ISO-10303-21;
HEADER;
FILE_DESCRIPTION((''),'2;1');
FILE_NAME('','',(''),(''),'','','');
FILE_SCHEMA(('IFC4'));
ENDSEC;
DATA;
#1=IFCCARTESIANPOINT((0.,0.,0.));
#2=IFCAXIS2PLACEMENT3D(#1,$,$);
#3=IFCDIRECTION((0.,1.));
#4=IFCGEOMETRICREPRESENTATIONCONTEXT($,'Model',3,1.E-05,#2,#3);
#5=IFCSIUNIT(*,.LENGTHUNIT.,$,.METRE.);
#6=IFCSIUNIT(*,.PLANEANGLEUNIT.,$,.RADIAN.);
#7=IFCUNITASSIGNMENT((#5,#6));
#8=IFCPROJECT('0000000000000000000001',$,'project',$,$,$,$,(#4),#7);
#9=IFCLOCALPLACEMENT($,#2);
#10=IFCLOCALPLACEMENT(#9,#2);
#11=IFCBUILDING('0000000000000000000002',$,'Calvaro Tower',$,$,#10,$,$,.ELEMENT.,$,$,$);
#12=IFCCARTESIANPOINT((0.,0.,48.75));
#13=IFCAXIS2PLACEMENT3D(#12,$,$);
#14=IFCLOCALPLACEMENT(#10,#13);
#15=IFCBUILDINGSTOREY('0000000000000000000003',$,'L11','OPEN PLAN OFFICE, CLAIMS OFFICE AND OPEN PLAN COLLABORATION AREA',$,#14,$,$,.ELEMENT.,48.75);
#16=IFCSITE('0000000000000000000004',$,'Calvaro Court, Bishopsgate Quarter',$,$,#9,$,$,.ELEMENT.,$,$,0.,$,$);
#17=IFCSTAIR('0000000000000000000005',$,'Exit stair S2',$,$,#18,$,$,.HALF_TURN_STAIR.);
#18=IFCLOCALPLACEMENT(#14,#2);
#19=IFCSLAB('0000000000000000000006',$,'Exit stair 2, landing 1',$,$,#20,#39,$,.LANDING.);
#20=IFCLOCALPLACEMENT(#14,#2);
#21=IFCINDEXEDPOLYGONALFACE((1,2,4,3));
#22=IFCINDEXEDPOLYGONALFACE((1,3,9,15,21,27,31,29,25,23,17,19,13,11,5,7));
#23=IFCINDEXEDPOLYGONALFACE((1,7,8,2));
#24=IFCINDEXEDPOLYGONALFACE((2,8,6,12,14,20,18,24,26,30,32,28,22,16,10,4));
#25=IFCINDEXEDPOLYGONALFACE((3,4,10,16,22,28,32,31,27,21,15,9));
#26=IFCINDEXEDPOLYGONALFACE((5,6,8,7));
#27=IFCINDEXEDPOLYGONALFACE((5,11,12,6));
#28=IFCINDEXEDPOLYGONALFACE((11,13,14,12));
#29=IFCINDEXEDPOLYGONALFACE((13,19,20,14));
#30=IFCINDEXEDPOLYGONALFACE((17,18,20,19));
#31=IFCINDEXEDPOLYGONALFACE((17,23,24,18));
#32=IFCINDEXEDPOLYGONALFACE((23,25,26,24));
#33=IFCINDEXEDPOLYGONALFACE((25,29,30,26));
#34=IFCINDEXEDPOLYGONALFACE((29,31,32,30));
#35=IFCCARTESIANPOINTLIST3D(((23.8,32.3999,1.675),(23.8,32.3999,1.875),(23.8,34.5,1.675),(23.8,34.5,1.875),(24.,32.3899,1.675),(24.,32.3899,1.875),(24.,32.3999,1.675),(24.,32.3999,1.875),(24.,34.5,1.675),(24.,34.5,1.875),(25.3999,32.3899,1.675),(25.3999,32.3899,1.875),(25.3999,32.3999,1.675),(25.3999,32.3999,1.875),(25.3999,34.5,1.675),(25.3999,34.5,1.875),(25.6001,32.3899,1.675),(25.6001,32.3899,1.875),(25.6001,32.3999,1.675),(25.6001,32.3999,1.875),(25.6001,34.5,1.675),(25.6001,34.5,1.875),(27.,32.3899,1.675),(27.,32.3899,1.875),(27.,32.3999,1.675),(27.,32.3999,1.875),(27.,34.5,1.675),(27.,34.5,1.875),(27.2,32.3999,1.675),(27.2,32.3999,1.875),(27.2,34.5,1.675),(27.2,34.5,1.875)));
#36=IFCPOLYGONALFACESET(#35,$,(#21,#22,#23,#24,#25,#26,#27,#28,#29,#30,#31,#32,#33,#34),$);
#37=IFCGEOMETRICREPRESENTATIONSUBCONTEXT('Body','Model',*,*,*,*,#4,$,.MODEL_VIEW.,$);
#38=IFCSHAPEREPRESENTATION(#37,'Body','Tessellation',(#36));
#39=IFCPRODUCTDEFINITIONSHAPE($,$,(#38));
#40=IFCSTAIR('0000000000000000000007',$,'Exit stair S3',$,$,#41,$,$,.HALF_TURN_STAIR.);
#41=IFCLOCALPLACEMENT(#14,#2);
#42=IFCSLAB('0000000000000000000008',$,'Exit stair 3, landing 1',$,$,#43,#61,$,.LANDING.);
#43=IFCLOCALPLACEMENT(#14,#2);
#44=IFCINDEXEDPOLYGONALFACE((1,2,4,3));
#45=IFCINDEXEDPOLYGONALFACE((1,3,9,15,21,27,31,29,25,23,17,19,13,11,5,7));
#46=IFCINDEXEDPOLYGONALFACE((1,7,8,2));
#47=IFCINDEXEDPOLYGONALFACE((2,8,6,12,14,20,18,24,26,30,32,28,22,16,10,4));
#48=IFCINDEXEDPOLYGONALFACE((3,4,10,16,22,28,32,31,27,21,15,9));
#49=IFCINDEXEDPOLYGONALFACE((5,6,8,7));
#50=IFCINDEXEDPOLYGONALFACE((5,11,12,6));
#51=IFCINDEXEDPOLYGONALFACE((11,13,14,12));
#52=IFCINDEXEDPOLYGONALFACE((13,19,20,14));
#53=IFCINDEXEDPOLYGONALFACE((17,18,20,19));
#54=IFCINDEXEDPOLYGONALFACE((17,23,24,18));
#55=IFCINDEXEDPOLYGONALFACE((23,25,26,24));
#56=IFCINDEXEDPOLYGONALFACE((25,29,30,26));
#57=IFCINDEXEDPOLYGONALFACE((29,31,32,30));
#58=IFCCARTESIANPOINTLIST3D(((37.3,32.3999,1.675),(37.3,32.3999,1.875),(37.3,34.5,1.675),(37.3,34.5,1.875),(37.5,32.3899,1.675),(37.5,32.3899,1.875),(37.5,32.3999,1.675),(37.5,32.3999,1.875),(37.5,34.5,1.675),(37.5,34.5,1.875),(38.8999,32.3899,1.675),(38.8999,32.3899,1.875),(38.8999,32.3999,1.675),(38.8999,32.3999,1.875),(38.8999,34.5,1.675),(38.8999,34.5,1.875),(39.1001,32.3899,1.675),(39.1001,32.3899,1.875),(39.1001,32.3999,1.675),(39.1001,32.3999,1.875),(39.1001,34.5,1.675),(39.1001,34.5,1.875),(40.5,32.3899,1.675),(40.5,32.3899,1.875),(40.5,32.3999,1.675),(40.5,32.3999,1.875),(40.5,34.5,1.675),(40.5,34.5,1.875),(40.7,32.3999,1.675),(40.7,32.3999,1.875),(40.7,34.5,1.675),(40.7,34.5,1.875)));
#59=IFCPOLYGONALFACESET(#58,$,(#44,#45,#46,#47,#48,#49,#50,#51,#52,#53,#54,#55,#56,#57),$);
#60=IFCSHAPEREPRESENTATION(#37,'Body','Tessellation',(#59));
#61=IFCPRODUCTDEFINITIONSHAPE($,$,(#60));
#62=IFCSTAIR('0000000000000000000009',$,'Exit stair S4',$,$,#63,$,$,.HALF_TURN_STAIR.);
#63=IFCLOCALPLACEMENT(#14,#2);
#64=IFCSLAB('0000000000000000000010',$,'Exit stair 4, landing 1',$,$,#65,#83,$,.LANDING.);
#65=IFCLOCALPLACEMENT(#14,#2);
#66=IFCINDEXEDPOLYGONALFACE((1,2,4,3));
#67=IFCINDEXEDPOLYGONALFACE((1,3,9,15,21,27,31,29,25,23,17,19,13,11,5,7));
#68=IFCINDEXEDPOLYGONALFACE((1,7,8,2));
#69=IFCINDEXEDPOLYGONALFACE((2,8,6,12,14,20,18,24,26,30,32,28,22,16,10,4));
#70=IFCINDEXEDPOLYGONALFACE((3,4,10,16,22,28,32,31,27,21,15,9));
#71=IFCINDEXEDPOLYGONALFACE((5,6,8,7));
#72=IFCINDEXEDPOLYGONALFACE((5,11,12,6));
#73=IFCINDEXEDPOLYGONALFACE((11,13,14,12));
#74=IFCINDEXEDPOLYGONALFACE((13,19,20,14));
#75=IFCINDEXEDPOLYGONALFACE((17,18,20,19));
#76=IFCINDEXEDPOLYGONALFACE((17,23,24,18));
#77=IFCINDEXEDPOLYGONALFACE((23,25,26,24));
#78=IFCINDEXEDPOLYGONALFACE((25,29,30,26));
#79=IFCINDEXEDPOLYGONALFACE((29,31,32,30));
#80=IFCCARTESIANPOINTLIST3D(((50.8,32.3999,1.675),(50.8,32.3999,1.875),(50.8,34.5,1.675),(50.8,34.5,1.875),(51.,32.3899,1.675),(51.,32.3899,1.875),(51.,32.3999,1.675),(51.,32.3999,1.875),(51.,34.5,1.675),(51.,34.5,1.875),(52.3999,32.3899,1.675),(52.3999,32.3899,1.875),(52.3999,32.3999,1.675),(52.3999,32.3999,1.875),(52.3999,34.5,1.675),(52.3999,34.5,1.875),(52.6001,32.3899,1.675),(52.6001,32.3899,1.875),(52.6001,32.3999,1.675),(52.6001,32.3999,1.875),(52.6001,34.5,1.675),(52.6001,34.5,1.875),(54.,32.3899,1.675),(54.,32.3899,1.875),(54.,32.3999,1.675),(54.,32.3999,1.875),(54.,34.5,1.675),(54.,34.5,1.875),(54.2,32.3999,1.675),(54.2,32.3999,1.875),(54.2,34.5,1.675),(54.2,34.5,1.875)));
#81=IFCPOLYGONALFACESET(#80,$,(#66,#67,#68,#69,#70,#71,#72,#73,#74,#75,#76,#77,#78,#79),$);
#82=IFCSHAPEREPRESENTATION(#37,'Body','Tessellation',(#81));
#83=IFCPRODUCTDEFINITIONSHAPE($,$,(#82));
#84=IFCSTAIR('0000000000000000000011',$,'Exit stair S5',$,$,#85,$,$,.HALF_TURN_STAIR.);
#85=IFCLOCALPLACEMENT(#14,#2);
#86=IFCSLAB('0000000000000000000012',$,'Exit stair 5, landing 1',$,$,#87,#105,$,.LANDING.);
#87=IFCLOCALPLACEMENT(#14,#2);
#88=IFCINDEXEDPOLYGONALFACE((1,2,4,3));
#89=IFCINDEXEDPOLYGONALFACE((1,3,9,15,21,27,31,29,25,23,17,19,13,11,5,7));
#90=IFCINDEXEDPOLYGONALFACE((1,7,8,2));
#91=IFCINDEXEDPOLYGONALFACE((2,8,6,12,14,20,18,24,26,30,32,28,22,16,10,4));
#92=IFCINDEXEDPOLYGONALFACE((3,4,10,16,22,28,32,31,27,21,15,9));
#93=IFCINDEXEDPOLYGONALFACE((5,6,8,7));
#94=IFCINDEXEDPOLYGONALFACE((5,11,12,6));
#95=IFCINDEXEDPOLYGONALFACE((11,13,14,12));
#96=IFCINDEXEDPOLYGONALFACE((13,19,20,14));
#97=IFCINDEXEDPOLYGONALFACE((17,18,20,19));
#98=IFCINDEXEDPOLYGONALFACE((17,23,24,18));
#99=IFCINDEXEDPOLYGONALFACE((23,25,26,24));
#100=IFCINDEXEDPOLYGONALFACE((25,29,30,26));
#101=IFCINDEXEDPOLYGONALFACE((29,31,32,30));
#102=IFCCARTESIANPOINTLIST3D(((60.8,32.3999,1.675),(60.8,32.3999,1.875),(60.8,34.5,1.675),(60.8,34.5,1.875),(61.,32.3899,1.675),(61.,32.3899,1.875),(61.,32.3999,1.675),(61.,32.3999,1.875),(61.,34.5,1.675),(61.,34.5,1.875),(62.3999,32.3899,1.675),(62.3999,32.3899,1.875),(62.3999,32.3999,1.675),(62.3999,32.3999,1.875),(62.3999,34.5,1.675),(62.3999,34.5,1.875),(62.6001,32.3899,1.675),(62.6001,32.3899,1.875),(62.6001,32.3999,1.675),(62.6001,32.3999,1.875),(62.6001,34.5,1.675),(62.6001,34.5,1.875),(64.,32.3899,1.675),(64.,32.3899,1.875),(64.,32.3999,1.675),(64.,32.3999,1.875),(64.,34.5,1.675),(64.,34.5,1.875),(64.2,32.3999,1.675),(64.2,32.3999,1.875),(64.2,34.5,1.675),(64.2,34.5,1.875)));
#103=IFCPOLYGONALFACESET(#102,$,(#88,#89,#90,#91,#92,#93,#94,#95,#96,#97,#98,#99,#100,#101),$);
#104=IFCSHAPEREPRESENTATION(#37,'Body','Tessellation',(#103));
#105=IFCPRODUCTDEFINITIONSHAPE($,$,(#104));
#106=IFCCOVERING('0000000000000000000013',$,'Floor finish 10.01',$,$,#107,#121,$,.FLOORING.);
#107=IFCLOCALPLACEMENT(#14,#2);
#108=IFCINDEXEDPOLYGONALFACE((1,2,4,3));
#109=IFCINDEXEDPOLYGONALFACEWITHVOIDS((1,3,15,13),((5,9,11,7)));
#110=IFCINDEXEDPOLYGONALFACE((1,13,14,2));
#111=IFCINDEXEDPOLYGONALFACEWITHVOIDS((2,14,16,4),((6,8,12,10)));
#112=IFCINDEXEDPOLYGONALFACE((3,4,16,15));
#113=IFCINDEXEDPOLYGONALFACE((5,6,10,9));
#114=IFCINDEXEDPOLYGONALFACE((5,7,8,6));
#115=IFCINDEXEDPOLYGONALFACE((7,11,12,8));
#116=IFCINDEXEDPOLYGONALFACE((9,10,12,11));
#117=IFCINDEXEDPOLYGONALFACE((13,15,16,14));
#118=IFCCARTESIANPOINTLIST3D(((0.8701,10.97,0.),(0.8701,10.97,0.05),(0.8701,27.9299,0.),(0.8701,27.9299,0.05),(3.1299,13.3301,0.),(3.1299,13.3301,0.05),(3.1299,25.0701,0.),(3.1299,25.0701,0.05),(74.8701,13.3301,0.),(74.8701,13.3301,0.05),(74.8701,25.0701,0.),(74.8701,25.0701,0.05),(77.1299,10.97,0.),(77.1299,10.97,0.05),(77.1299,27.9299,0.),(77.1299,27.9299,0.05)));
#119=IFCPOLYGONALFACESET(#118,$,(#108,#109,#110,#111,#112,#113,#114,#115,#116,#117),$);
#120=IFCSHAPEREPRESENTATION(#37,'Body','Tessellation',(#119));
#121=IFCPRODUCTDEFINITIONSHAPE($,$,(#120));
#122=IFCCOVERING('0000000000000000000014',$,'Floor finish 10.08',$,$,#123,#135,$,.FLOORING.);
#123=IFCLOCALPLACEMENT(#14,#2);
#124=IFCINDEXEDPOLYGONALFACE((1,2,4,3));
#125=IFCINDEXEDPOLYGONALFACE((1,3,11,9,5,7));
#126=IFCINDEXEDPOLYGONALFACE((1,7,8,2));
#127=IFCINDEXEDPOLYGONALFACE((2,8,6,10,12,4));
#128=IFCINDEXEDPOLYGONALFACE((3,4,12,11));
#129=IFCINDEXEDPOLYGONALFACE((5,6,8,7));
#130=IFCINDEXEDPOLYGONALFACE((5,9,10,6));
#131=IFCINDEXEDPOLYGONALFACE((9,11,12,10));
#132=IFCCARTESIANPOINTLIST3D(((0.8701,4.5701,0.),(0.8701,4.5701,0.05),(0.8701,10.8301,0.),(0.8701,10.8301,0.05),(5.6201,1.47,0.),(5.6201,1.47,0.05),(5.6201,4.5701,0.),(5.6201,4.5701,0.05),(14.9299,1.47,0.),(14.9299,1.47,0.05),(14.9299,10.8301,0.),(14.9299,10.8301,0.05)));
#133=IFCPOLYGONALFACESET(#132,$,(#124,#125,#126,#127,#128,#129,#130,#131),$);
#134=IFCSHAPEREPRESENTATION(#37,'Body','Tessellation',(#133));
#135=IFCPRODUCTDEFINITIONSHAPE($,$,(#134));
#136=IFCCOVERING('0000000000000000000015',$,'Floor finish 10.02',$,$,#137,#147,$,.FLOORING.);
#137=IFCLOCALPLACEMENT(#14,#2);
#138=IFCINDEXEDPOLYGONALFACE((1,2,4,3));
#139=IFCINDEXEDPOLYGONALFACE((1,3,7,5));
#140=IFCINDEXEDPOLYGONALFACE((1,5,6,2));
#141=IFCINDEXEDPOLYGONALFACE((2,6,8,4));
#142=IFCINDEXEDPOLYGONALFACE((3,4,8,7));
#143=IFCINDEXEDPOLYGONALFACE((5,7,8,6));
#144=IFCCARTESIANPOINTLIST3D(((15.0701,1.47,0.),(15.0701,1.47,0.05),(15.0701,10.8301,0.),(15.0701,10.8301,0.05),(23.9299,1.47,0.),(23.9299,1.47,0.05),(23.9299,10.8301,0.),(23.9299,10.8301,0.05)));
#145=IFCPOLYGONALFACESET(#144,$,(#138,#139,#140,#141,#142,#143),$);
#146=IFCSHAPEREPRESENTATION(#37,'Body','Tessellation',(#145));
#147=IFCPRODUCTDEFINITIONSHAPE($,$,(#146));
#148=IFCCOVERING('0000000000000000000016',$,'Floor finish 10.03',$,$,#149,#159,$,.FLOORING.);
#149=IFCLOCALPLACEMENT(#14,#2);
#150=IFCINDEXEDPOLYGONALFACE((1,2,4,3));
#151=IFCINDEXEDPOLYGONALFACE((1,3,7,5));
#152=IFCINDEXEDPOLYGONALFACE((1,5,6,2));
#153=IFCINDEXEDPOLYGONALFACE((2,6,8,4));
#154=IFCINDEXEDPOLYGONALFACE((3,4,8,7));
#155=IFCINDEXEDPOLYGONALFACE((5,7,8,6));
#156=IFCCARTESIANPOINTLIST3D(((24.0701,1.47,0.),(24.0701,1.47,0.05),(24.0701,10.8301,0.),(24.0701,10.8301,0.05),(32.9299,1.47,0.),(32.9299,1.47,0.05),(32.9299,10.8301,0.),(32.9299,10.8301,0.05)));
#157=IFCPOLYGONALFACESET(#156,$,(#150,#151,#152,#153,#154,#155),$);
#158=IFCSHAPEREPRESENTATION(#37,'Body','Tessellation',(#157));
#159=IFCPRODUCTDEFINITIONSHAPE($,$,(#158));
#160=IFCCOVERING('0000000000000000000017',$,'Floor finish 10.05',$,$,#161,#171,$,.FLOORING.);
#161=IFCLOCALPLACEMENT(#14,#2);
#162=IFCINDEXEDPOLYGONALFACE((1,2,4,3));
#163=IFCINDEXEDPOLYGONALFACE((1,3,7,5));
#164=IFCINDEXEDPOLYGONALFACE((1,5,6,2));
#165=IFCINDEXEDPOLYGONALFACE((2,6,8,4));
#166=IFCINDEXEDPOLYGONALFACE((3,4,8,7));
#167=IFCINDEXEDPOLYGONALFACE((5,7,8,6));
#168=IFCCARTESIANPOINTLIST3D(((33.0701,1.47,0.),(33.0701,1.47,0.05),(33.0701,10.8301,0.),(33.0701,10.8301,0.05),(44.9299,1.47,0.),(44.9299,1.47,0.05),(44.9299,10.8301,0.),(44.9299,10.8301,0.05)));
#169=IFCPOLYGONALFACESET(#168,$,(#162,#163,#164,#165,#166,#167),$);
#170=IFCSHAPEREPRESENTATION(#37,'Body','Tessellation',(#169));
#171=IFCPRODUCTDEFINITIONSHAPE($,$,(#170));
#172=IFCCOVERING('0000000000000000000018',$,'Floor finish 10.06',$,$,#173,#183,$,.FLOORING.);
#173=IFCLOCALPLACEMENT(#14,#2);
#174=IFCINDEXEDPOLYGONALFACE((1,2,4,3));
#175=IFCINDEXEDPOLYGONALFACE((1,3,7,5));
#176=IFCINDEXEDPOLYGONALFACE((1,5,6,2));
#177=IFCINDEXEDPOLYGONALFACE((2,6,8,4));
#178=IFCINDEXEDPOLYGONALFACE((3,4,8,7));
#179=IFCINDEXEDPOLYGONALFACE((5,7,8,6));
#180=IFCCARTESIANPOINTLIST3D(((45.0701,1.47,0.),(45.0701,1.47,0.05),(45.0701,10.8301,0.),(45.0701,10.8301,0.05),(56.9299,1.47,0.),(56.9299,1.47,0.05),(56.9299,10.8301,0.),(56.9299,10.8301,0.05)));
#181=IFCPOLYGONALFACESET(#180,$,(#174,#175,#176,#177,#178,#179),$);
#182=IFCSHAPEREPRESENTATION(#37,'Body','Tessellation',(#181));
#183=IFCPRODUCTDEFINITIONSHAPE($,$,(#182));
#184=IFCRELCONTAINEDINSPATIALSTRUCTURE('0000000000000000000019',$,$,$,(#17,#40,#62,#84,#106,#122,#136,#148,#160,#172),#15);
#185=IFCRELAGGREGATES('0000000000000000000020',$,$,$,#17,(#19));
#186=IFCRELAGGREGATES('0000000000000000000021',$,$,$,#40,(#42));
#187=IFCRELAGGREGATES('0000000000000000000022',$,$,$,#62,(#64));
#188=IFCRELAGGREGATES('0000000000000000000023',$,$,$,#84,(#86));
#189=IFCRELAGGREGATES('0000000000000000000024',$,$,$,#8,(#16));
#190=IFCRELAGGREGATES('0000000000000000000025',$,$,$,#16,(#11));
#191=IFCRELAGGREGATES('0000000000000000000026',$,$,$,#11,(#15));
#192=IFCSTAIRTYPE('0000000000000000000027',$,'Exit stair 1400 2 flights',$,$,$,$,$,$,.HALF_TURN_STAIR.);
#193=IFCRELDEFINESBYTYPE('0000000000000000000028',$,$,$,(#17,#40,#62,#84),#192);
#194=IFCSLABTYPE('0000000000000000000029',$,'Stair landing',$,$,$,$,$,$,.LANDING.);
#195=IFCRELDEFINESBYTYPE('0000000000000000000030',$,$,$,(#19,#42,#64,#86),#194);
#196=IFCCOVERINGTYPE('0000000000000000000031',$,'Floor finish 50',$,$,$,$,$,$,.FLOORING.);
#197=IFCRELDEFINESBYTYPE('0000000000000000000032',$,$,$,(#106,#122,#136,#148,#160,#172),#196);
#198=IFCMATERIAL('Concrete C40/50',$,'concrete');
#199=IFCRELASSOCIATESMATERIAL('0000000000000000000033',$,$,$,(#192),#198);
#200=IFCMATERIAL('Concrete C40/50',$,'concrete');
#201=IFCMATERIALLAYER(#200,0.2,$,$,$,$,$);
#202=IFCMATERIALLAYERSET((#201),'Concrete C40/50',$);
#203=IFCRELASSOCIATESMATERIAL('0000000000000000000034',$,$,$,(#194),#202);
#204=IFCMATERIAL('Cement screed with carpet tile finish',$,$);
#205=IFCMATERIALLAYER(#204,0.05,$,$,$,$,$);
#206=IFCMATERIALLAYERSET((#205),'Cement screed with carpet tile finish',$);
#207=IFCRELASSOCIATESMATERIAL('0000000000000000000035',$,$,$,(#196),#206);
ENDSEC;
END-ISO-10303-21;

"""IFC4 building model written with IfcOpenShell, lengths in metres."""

from ifc_helpers import new_model, si_unit, direction, frame, origin, place, context, subcontext, project, spatial, polyline, outline, extrude, material, layer, layer_set, type_object, element, aggregate, save


model = new_model("IFC4")

# Units and contexts
model_context = context("Model", 3, precision=1e-05, world=origin(), true_north=direction((0.0, 1.0)))
body_context = subcontext(model_context, "Body", "Model", "MODEL_VIEW")
ifc_project = project(units=[si_unit("LENGTHUNIT", "METRE"), si_unit("PLANEANGLEUNIT", "RADIAN")], contexts=[model_context])

# Site, building, storey
site_placement = place(None, origin())
site = spatial("IfcSite", under=ifc_project, at=site_placement, Name="Calvaro Court, Bishopsgate Quarter", CompositionType="ELEMENT", RefElevation=0.0)
building_placement = place(site_placement, origin())
building = spatial("IfcBuilding", under=site, at=building_placement, Name="Calvaro Tower", CompositionType="ELEMENT")
storey_placement = place(building_placement, frame((0.0, 0.0, 48.75)))
storey = spatial("IfcBuildingStorey", under=building, at=storey_placement, Name="L11", Description="OPEN PLAN OFFICE, CLAIMS OFFICE AND OPEN PLAN COLLABORATION AREA", CompositionType="ELEMENT", Elevation=48.75)

# Stairs, slabs
ifc_material_1 = material(Name="Concrete C40/50", Category="concrete")
stair_type = type_object("IfcStairType", Name="Exit stair 1400 2 flights", PredefinedType="HALF_TURN_STAIR", material=ifc_material_1)
ifc_material_2 = material(Name="Concrete C40/50", Category="concrete")
ifc_layer_1 = layer(ifc_material_2, 0.2)
ifc_layer_set_1 = layer_set([ifc_layer_1], Name="Concrete C40/50")
slab_type_1 = type_object("IfcSlabType", Name="Stair landing", PredefinedType="LANDING", material=ifc_layer_set_1)
stair_1_placement = place(storey_placement, origin())
stair_1 = element("IfcStair", 1, at=stair_1_placement, inside=storey, type_object=stair_type, Name="Exit stair S2", PredefinedType="HALF_TURN_STAIR")
slab_1_placement = place(storey_placement, frame((0.0, 0.0, 1.675)))
slab_1 = element("IfcSlab", 2, at=slab_1_placement, type_object=slab_type_1, Name="Exit stair 2, landing 1", PredefinedType="LANDING", context=body_context, shape_type="SweptSolid", body=[
    extrude(outline(polyline([(25.3999, 32.3899), (24.0, 32.3899), (24.0, 32.3999), (23.8, 32.3999), (23.8, 34.5), (24.0, 34.5), (25.3999, 34.5), (25.6001, 34.5), (27.0, 34.5), (27.2, 34.5), (27.2, 32.3999), (27.0, 32.3999), (27.0, 32.3899), (25.6001, 32.3899), (25.6001, 32.3999), (25.3999, 32.3999), (25.3999, 32.3899)])), origin(), (0.0, 0.0, 1.0), 0.2),
])
aggregate(stair_1, [slab_1])
stair_2_placement = place(storey_placement, origin())
stair_2 = element("IfcStair", 3, at=stair_2_placement, inside=storey, type_object=stair_type, Name="Exit stair S3", PredefinedType="HALF_TURN_STAIR")
slab_2_placement = place(storey_placement, frame((0.0, 0.0, 1.675)))
slab_2 = element("IfcSlab", 4, at=slab_2_placement, type_object=slab_type_1, Name="Exit stair 3, landing 1", PredefinedType="LANDING", context=body_context, shape_type="SweptSolid", body=[
    extrude(outline(polyline([(38.8999, 32.3899), (37.5, 32.3899), (37.5, 32.3999), (37.3, 32.3999), (37.3, 34.5), (37.5, 34.5), (38.8999, 34.5), (39.1001, 34.5), (40.5, 34.5), (40.7, 34.5), (40.7, 32.3999), (40.5, 32.3999), (40.5, 32.3899), (39.1001, 32.3899), (39.1001, 32.3999), (38.8999, 32.3999), (38.8999, 32.3899)])), origin(), (0.0, 0.0, 1.0), 0.2),
])
aggregate(stair_2, [slab_2])
stair_3_placement = place(storey_placement, origin())
stair_3 = element("IfcStair", 5, at=stair_3_placement, inside=storey, type_object=stair_type, Name="Exit stair S4", PredefinedType="HALF_TURN_STAIR")
slab_3_placement = place(storey_placement, frame((0.0, 0.0, 1.675)))
slab_3 = element("IfcSlab", 6, at=slab_3_placement, type_object=slab_type_1, Name="Exit stair 4, landing 1", PredefinedType="LANDING", context=body_context, shape_type="SweptSolid", body=[
    extrude(outline(polyline([(52.3999, 32.3899), (51.0, 32.3899), (51.0, 32.3999), (50.8, 32.3999), (50.8, 34.5), (51.0, 34.5), (52.3999, 34.5), (52.6001, 34.5), (54.0, 34.5), (54.2, 34.5), (54.2, 32.3999), (54.0, 32.3999), (54.0, 32.3899), (52.6001, 32.3899), (52.6001, 32.3999), (52.3999, 32.3999), (52.3999, 32.3899)])), origin(), (0.0, 0.0, 1.0), 0.2),
])
aggregate(stair_3, [slab_3])
stair_4_placement = place(storey_placement, origin())
stair_4 = element("IfcStair", 7, at=stair_4_placement, inside=storey, type_object=stair_type, Name="Exit stair S5", PredefinedType="HALF_TURN_STAIR")
slab_4_placement = place(storey_placement, frame((0.0, 0.0, 1.675)))
slab_4 = element("IfcSlab", 8, at=slab_4_placement, type_object=slab_type_1, Name="Exit stair 5, landing 1", PredefinedType="LANDING", context=body_context, shape_type="SweptSolid", body=[
    extrude(outline(polyline([(62.3999, 32.3899), (61.0, 32.3899), (61.0, 32.3999), (60.8, 32.3999), (60.8, 34.5), (61.0, 34.5), (62.3999, 34.5), (62.6001, 34.5), (64.0, 34.5), (64.2, 34.5), (64.2, 32.3999), (64.0, 32.3999), (64.0, 32.3899), (62.6001, 32.3899), (62.6001, 32.3999), (62.3999, 32.3999), (62.3999, 32.3899)])), origin(), (0.0, 0.0, 1.0), 0.2),
])
aggregate(stair_4, [slab_4])

# Coverings
ifc_material_3 = material(Name="Cement screed with carpet tile finish")
ifc_layer_2 = layer(ifc_material_3, 0.05)
ifc_layer_set_2 = layer_set([ifc_layer_2], Name="Cement screed with carpet tile finish")
covering_type = type_object("IfcCoveringType", Name="Floor finish 50", PredefinedType="FLOORING", material=ifc_layer_set_2)
covering_1_placement = place(storey_placement, origin())
element("IfcCovering", 9, at=covering_1_placement, inside=storey, type_object=covering_type, Name="Floor finish 10.01", PredefinedType="FLOORING", context=body_context, shape_type="SweptSolid", body=[
    extrude(outline(polyline([(0.8701, 10.97), (0.8701, 27.9299), (77.1299, 27.9299), (77.1299, 10.97), (0.8701, 10.97)]), holes=[polyline([(74.8701, 13.3301), (74.8701, 25.0701), (3.1299, 25.0701), (3.1299, 13.3301), (74.8701, 13.3301)])]), origin(), (0.0, 0.0, 1.0), 0.05),
])
covering_2_placement = place(storey_placement, origin())
element("IfcCovering", 10, at=covering_2_placement, inside=storey, type_object=covering_type, Name="Floor finish 10.08", PredefinedType="FLOORING", context=body_context, shape_type="SweptSolid", body=[
    extrude(outline(polyline([(14.9299, 10.8301), (14.9299, 1.47), (5.6201, 1.47), (5.6201, 4.5701), (0.8701, 4.5701), (0.8701, 10.8301), (14.9299, 10.8301)])), origin(), (0.0, 0.0, 1.0), 0.05),
])
covering_3_placement = place(storey_placement, origin())
element("IfcCovering", 11, at=covering_3_placement, inside=storey, type_object=covering_type, Name="Floor finish 10.02", PredefinedType="FLOORING", context=body_context, shape_type="SweptSolid", body=[
    extrude(outline(polyline([(15.0701, 10.8301), (23.9299, 10.8301), (23.9299, 1.47), (15.0701, 1.47), (15.0701, 10.8301)])), origin(), (0.0, 0.0, 1.0), 0.05),
])
covering_4_placement = place(storey_placement, origin())
element("IfcCovering", 12, at=covering_4_placement, inside=storey, type_object=covering_type, Name="Floor finish 10.03", PredefinedType="FLOORING", context=body_context, shape_type="SweptSolid", body=[
    extrude(outline(polyline([(24.0701, 10.8301), (32.9299, 10.8301), (32.9299, 1.47), (24.0701, 1.47), (24.0701, 10.8301)])), origin(), (0.0, 0.0, 1.0), 0.05),
])
covering_5_placement = place(storey_placement, origin())
element("IfcCovering", 13, at=covering_5_placement, inside=storey, type_object=covering_type, Name="Floor finish 10.05", PredefinedType="FLOORING", context=body_context, shape_type="SweptSolid", body=[
    extrude(outline(polyline([(33.0701, 10.8301), (44.9299, 10.8301), (44.9299, 1.47), (33.0701, 1.47), (33.0701, 10.8301)])), origin(), (0.0, 0.0, 1.0), 0.05),
])
covering_6_placement = place(storey_placement, origin())
element("IfcCovering", 14, at=covering_6_placement, inside=storey, type_object=covering_type, Name="Floor finish 10.06", PredefinedType="FLOORING", context=body_context, shape_type="SweptSolid", body=[
    extrude(outline(polyline([(45.0701, 10.8301), (56.9299, 10.8301), (56.9299, 1.47), (45.0701, 1.47), (45.0701, 10.8301)])), origin(), (0.0, 0.0, 1.0), 0.05),
])

save(model, "model.ifc")
